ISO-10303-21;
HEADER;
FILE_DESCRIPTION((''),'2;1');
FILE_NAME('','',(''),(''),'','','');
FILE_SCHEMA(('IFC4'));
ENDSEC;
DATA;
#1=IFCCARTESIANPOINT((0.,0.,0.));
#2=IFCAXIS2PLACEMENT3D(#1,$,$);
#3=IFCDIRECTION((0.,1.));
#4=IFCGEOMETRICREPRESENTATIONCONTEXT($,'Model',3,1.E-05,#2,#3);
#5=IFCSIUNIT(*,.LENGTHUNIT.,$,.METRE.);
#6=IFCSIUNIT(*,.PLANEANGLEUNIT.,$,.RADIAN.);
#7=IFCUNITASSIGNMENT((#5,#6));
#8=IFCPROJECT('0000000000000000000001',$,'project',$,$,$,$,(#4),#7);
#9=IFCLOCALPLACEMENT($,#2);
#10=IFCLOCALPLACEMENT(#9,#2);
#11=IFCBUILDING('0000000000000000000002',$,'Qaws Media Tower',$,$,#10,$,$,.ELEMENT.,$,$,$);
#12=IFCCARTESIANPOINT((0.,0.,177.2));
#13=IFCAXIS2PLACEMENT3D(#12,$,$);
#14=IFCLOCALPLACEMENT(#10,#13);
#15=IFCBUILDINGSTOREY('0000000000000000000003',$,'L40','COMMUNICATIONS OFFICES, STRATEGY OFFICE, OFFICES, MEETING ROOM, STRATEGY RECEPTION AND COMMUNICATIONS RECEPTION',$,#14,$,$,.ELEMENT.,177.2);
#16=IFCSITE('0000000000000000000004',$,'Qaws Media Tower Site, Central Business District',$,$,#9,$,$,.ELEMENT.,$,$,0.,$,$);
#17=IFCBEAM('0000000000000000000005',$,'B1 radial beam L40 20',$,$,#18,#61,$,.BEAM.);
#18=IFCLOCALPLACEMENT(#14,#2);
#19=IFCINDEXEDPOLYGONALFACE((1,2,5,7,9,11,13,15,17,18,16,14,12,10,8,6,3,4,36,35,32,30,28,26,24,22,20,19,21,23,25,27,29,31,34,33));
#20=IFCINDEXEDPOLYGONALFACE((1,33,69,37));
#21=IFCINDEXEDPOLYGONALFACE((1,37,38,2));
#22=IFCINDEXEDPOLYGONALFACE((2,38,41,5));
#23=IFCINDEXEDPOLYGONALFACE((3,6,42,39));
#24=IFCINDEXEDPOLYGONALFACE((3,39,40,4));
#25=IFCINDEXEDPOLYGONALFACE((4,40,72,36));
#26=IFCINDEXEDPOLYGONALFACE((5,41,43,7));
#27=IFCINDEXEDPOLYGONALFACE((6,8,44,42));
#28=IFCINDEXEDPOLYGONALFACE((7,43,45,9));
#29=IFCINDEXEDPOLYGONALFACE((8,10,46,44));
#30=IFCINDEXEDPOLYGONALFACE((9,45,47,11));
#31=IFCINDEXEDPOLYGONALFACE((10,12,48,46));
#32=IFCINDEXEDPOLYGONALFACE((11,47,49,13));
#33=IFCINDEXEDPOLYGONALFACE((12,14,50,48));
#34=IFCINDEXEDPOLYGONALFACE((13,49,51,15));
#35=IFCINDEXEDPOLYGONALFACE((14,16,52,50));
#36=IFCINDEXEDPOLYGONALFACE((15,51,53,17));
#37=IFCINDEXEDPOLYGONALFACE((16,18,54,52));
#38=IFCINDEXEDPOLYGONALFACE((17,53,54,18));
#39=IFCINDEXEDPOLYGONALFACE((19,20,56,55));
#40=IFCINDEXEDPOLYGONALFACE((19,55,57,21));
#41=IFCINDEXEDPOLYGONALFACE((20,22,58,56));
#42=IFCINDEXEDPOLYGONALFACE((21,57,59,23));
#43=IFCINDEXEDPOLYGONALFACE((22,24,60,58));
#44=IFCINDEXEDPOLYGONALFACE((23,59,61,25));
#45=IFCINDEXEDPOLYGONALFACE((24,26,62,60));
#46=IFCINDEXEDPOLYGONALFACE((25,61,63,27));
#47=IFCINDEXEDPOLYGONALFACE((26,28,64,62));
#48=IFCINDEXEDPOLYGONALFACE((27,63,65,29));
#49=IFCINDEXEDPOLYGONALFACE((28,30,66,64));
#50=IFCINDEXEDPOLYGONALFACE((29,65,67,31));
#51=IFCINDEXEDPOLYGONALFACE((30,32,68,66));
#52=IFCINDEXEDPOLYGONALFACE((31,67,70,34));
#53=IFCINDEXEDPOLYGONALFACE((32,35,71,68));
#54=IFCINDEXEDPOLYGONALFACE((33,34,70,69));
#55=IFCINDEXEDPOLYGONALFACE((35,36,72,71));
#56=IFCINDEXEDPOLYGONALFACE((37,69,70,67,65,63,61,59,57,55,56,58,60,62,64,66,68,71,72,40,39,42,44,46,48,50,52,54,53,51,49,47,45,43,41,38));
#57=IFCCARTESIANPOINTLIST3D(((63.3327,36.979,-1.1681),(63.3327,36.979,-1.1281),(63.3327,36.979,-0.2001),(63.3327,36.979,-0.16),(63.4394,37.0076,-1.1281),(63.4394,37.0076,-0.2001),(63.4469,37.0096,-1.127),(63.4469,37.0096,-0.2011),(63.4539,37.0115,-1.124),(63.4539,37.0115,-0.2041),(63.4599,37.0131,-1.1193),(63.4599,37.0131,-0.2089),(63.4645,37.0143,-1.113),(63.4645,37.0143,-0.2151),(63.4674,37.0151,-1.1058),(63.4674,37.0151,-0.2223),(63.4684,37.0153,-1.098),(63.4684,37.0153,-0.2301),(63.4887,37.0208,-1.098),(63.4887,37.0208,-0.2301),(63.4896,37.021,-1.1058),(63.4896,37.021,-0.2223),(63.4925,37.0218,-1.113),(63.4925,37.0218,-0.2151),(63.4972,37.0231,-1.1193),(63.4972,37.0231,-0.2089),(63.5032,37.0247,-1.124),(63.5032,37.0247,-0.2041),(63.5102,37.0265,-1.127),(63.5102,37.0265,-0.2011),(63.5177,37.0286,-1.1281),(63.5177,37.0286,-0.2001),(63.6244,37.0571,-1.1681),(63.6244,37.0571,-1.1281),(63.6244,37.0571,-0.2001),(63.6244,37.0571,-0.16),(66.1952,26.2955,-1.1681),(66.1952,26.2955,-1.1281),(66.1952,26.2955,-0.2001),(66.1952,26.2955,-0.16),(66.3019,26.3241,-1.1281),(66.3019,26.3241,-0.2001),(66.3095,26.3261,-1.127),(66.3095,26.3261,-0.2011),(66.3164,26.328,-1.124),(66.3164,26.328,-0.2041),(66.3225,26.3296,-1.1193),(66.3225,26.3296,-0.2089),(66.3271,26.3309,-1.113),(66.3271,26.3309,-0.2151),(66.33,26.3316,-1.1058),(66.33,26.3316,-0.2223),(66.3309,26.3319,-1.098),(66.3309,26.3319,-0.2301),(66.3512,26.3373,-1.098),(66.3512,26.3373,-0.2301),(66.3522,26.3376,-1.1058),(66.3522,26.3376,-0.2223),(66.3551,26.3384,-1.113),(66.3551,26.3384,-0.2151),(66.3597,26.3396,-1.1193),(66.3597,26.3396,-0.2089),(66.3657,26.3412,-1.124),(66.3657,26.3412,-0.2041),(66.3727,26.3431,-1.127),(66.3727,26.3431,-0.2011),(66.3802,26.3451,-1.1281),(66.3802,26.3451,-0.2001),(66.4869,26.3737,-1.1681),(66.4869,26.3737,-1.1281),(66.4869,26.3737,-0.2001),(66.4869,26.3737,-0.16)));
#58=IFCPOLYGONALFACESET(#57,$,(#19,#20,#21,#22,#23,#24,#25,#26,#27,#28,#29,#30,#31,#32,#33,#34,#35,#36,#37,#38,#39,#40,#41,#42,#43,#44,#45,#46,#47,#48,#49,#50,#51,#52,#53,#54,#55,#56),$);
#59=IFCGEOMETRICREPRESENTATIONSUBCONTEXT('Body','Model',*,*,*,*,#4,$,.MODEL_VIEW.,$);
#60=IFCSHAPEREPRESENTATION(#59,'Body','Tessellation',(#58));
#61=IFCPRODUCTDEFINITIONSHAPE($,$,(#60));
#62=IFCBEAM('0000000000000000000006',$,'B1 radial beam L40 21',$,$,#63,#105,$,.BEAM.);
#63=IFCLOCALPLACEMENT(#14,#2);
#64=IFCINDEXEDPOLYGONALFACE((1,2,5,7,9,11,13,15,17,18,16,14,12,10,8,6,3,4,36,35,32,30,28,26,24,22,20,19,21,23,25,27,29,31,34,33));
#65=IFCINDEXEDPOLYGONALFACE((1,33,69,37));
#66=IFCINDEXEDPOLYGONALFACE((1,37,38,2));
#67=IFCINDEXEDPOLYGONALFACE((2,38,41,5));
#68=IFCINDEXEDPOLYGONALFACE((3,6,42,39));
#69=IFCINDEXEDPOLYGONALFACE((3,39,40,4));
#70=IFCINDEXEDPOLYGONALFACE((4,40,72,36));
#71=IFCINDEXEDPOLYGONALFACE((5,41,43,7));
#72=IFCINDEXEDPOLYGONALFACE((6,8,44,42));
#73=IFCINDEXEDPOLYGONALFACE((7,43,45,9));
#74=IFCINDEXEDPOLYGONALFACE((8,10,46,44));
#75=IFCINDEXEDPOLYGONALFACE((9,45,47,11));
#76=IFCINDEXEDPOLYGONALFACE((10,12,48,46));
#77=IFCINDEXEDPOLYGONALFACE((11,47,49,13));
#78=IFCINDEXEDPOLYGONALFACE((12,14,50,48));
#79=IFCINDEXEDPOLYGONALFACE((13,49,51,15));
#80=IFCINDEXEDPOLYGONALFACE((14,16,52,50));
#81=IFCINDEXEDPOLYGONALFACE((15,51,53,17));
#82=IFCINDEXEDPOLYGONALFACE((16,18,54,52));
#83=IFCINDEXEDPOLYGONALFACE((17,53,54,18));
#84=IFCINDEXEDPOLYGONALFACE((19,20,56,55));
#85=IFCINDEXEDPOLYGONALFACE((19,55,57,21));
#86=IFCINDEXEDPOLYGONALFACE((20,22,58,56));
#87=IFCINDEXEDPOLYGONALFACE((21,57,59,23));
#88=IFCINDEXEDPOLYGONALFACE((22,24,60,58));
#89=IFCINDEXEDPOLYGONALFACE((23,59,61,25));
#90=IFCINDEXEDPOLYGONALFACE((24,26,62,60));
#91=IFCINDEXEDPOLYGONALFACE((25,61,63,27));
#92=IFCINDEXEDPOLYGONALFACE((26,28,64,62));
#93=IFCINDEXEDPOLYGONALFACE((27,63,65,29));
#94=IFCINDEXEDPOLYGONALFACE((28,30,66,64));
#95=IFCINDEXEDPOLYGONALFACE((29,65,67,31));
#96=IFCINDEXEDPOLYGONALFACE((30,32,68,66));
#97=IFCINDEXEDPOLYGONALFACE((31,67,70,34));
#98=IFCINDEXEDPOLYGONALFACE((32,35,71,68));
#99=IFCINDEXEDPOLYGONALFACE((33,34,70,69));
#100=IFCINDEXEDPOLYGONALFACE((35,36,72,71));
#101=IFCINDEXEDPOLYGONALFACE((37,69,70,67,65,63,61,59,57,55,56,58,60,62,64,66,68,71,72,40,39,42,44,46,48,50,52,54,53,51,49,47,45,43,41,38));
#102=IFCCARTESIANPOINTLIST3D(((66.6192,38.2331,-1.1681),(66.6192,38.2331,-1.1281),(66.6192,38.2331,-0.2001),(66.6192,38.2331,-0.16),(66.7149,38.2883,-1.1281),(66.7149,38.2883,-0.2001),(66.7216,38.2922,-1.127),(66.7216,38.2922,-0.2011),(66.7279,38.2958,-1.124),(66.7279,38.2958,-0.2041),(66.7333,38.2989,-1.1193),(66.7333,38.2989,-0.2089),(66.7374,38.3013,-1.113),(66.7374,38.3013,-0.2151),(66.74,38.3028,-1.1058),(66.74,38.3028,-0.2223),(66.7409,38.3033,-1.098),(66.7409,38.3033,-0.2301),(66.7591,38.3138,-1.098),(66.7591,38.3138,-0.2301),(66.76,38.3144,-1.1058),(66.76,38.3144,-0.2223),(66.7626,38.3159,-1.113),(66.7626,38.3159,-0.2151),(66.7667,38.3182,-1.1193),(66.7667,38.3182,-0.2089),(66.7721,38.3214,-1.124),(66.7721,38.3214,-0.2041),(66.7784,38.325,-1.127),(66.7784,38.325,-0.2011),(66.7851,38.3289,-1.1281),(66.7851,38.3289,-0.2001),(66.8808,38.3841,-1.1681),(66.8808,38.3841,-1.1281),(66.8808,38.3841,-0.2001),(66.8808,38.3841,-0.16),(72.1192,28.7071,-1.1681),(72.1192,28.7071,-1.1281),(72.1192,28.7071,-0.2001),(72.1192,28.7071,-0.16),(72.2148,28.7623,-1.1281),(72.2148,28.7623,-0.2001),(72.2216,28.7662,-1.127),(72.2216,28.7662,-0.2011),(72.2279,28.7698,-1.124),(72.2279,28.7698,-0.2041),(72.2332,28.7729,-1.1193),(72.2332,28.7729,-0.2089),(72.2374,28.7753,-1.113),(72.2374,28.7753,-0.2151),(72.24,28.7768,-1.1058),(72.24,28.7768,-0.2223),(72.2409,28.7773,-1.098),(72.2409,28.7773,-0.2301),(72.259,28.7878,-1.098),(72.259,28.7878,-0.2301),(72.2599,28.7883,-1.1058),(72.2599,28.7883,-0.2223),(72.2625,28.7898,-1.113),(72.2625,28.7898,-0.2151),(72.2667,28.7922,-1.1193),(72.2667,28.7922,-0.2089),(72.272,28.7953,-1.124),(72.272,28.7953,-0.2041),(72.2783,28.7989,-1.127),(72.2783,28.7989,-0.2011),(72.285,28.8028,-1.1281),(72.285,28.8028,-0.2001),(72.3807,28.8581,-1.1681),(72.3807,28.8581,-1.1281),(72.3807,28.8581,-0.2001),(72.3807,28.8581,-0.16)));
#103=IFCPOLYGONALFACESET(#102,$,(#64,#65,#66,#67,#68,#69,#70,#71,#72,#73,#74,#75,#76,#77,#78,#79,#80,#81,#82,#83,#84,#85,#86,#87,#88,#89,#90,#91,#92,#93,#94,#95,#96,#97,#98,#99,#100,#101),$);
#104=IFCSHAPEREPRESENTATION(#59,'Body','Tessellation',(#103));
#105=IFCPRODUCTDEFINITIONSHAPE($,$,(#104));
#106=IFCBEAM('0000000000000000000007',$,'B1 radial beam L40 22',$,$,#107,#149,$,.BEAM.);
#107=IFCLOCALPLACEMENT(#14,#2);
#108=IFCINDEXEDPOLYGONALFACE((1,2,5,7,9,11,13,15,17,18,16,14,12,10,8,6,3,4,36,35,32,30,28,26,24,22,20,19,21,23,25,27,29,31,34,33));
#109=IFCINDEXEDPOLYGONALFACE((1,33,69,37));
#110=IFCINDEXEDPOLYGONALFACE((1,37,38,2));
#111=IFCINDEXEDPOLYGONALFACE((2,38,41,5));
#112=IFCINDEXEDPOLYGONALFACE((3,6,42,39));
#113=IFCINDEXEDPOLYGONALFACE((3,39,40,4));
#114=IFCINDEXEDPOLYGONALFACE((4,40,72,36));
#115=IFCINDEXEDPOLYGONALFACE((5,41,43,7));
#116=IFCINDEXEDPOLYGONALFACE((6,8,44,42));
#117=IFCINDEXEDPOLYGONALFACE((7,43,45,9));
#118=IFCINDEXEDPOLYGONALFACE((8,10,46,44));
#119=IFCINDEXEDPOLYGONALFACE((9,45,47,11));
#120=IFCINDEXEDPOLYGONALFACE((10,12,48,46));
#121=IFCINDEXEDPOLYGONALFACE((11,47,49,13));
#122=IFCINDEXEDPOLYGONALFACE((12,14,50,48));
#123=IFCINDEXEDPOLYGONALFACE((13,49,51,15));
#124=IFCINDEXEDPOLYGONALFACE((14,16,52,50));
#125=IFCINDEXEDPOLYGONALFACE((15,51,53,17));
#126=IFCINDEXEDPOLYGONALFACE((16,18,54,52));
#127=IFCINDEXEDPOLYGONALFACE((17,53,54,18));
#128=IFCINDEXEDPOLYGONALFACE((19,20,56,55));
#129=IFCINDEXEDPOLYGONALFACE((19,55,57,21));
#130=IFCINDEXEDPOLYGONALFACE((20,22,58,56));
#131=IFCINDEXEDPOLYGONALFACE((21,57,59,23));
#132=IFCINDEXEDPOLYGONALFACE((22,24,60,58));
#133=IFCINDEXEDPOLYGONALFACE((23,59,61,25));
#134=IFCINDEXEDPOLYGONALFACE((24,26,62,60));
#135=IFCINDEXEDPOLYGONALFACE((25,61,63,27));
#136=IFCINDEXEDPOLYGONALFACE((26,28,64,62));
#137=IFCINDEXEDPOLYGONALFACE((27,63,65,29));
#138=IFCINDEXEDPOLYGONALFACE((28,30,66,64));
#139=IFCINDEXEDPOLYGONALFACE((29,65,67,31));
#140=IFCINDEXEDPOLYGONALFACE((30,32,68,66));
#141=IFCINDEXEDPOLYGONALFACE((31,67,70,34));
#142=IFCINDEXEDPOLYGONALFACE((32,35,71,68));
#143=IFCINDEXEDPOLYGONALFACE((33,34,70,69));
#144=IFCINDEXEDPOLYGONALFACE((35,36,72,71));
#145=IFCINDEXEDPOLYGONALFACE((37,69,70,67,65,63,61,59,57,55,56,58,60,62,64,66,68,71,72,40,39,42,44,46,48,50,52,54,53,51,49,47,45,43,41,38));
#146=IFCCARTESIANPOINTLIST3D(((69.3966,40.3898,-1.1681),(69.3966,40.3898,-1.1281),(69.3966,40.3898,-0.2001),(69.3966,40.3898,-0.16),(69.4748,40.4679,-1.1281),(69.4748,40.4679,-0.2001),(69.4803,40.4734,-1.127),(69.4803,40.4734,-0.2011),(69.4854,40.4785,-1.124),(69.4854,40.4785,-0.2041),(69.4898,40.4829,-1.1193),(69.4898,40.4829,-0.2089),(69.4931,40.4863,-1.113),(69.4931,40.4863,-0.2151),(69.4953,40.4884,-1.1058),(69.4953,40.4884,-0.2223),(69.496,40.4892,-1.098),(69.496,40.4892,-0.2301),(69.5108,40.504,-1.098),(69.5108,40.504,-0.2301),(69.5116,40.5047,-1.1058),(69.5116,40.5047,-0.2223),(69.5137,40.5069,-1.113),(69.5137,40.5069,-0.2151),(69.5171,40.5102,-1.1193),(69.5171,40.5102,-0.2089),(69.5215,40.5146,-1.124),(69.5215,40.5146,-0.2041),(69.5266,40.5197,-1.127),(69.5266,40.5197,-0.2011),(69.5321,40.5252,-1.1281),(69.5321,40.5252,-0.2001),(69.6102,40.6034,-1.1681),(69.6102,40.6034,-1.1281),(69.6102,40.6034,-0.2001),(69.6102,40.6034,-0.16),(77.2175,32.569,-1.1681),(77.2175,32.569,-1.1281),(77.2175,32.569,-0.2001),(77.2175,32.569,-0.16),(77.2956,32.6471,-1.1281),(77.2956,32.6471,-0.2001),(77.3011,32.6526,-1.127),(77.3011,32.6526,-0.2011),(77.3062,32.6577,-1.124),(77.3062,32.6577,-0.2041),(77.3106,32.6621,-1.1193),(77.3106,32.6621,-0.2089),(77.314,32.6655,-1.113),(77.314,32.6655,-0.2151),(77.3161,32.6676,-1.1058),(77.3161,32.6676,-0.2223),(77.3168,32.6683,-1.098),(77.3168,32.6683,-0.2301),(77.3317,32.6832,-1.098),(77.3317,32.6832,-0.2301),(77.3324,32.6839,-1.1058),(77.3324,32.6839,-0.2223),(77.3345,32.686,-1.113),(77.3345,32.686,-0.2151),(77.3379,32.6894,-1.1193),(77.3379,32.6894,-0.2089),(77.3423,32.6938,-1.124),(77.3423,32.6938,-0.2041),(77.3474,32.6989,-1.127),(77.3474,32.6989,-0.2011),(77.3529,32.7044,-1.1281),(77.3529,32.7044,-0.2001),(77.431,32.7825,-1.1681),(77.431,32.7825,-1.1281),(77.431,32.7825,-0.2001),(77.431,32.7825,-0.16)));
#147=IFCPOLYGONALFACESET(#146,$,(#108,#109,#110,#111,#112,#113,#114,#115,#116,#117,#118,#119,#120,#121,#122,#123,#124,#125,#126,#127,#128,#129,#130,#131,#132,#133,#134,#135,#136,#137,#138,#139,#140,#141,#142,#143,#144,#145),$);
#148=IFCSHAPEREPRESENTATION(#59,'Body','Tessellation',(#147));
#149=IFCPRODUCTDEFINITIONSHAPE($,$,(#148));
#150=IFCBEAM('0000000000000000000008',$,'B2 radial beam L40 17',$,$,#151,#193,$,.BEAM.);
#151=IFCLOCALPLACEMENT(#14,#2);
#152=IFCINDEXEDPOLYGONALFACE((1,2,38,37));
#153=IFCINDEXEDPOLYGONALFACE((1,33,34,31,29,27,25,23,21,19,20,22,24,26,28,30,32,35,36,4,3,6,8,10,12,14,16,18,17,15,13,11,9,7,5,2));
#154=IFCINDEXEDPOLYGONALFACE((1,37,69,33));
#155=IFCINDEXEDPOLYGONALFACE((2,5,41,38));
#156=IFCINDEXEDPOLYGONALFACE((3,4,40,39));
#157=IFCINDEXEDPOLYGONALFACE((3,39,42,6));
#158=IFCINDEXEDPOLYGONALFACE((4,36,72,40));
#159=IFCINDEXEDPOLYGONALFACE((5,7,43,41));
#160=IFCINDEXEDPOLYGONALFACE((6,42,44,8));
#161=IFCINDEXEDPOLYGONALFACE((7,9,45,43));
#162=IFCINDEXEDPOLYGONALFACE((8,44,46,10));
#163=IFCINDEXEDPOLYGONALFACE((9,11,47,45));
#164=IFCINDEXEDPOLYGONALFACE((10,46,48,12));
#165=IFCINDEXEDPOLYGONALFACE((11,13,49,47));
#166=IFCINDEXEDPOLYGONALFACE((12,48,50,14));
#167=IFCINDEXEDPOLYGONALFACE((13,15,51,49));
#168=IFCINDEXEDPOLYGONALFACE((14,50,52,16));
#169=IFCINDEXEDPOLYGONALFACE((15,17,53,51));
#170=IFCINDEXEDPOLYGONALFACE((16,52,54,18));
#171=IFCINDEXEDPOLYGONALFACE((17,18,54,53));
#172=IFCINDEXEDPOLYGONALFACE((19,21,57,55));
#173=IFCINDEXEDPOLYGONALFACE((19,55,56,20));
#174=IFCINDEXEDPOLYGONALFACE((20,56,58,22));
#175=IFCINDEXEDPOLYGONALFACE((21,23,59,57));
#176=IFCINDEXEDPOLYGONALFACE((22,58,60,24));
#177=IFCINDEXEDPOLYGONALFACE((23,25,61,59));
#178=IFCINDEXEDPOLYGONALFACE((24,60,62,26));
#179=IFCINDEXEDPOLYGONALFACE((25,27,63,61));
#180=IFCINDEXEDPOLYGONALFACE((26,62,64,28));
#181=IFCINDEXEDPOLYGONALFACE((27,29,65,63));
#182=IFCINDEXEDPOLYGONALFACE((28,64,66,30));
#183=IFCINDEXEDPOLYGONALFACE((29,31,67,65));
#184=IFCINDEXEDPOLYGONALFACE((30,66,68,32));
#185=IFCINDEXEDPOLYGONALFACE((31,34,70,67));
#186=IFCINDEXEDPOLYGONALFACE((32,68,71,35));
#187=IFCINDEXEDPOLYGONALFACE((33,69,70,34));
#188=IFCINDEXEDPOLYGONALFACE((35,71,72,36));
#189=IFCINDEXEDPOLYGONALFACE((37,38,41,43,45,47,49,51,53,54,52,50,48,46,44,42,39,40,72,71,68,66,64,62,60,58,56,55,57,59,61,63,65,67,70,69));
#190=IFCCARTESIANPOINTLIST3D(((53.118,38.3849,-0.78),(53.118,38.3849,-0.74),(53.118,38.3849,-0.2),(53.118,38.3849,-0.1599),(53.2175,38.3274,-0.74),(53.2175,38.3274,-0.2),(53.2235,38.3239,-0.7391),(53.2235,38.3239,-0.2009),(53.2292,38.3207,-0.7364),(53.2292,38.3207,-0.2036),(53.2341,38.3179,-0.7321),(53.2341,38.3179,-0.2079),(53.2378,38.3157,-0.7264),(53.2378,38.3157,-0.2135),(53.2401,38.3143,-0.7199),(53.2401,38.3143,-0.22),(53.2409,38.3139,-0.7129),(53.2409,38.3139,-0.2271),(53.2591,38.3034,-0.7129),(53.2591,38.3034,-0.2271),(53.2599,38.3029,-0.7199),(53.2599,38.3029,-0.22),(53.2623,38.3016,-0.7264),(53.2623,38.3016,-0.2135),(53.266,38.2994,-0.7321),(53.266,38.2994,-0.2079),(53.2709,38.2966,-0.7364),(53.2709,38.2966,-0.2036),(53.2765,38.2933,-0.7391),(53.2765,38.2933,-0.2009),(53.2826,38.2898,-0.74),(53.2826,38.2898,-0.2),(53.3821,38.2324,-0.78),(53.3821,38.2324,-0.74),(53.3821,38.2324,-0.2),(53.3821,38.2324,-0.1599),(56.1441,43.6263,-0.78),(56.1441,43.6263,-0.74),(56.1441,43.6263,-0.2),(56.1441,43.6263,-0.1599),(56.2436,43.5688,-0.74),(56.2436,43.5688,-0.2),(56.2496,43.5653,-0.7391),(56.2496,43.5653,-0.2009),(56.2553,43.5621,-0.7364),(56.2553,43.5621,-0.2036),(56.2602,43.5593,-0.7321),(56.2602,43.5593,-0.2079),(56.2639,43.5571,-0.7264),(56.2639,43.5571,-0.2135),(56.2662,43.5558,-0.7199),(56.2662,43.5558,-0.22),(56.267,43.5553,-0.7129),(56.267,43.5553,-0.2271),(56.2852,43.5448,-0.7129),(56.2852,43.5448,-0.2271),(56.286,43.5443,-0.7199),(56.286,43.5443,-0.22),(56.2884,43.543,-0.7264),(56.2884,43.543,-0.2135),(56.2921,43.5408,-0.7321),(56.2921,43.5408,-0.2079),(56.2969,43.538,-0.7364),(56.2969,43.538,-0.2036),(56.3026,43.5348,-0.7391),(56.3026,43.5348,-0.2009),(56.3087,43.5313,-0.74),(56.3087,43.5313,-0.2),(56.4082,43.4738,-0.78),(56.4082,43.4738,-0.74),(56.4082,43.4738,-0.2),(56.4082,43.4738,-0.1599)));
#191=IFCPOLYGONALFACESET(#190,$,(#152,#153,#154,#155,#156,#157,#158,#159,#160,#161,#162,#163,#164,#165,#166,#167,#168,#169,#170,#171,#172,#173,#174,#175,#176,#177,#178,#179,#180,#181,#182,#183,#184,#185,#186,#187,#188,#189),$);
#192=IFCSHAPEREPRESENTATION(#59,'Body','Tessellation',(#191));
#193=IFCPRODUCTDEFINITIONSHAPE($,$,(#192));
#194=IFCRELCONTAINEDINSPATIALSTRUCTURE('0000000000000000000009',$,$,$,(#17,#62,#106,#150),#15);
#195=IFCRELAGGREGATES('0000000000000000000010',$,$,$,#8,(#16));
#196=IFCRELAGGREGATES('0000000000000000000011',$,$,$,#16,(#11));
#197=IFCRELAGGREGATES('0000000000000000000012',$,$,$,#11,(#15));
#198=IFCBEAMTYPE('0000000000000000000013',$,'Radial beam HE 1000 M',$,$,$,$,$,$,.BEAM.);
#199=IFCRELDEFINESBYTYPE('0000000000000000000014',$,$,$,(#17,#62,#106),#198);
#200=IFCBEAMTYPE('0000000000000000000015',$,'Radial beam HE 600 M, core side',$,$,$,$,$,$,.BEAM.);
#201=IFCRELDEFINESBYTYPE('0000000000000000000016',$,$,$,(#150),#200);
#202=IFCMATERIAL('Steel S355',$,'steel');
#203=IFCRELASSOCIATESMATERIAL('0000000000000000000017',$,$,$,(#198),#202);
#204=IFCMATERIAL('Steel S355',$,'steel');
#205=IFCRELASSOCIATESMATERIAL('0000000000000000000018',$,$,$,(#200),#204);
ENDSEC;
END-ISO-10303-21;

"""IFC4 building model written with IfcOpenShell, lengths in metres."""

from ifc_helpers import new_model, si_unit, direction, frame, origin, origin_2d, place, context, subcontext, project, spatial, i_section, extrude, material, material_profile, profile_set, type_object, element, save


model = new_model("IFC4")

# Units and contexts
model_context = context("Model", 3, precision=1e-05, world=origin(), true_north=direction((0.0, 1.0)))
body_context = subcontext(model_context, "Body", "Model", "MODEL_VIEW")
ifc_project = project(units=[si_unit("LENGTHUNIT", "METRE"), si_unit("PLANEANGLEUNIT", "RADIAN")], contexts=[model_context])

# Site, building, storey
site_placement = place(None, origin())
site = spatial("IfcSite", under=ifc_project, at=site_placement, Name="Qaws Media Tower Site, Central Business District", CompositionType="ELEMENT", RefElevation=0.0)
building_placement = place(site_placement, origin())
building = spatial("IfcBuilding", under=site, at=building_placement, Name="Qaws Media Tower", CompositionType="ELEMENT")
storey_placement = place(building_placement, frame((0.0, 0.0, 177.2)))
storey = spatial("IfcBuildingStorey", under=building, at=storey_placement, Name="L40", Description="COMMUNICATIONS OFFICES, STRATEGY OFFICE, OFFICES, MEETING ROOM, STRATEGY RECEPTION AND COMMUNICATIONS RECEPTION", CompositionType="ELEMENT", Elevation=177.2)

# Beams
ifc_material_1 = material(Name="Steel S355", Category="steel")
ifc_material_profile_1 = material_profile(ifc_material_1, i_section(OverallWidth=0.302, OverallDepth=1.0081, WebThickness=0.021, FlangeThickness=0.04, FilletRadius=0.03, at=origin_2d()), Name="HE 1000 M")
ifc_profile_set_1 = profile_set([ifc_material_profile_1], Name="Steel S355")
beam_type_1 = type_object("IfcBeamType", Name="Radial beam HE 1000 M", PredefinedType="BEAM", material=ifc_profile_set_1)
for number, where, z_axis, x_axis, name in (
    (1, (63.4785, 37.0181, -0.6641), (0.258815, -0.965927, 0.0), (0.965927, 0.258815, 0.0), "B1 radial beam L40 20"),
):
    element("IfcBeam", number, at=place(storey_placement, frame(where, z_axis=z_axis, x_axis=x_axis)), inside=storey, type_object=beam_type_1, Name=name, PredefinedType="BEAM", context=body_context, shape_type="SweptSolid", body=[
        extrude(i_section(OverallWidth=0.302, OverallDepth=1.0081, WebThickness=0.021, FlangeThickness=0.04, FilletRadius=0.03, at=origin_2d()), origin(), (0.0, 0.0, 1.0), 11.0603),
    ])
beam_1_placement = place(storey_placement, frame((66.75, 38.3086, -0.6641), z_axis=(0.500006, -0.866022, 0.0), x_axis=(0.866022, 0.500006, 0.0)))
element("IfcBeam", 2, at=beam_1_placement, inside=storey, type_object=beam_type_1, Name="B1 radial beam L40 21", PredefinedType="BEAM", context=body_context, shape_type="SweptSolid", body=[
    extrude(i_section(OverallWidth=0.302, OverallDepth=1.0081, WebThickness=0.021, FlangeThickness=0.04, FilletRadius=0.03, at=origin_2d()), origin(), (0.0, 0.0, 1.0), 10.9998),
])
beam_2_placement = place(storey_placement, frame((69.5034, 40.4966, -0.6641), z_axis=(0.707107, -0.707107, 0.0), x_axis=(0.707107, 0.707107, 0.0)))
element("IfcBeam", 3, at=beam_2_placement, inside=storey, type_object=beam_type_1, Name="B1 radial beam L40 22", PredefinedType="BEAM", context=body_context, shape_type="SweptSolid", body=[
    extrude(i_section(OverallWidth=0.302, OverallDepth=1.0081, WebThickness=0.021, FlangeThickness=0.04, FilletRadius=0.03, at=origin_2d()), origin(), (0.0, 0.0, 1.0), 11.0603),
])
ifc_material_2 = material(Name="Steel S355", Category="steel")
ifc_material_profile_2 = material_profile(ifc_material_2, i_section(OverallWidth=0.3049, OverallDepth=0.6201, WebThickness=0.021, FlangeThickness=0.04, FilletRadius=0.0271, at=origin_2d()), Name="HE 600 M")
ifc_profile_set_2 = profile_set([ifc_material_profile_2], Name="Steel S355")
beam_type_2 = type_object("IfcBeamType", Name="Radial beam HE 600 M, core side", PredefinedType="BEAM", material=ifc_profile_set_2)
beam_3_placement = place(storey_placement, frame((56.2761, 43.55, -0.47), z_axis=(-0.499996, -0.866028, 0.0), x_axis=(0.866028, -0.499996, 0.0)))
element("IfcBeam", 4, at=beam_3_placement, inside=storey, type_object=beam_type_2, Name="B2 radial beam L40 17", PredefinedType="BEAM", context=body_context, shape_type="SweptSolid", body=[
    extrude(i_section(OverallWidth=0.3049, OverallDepth=0.6201, WebThickness=0.021, FlangeThickness=0.04, FilletRadius=0.0271, at=origin_2d()), origin(), (0.0, 0.0, 1.0), 6.0522),
])

save(model, "model.ifc")
